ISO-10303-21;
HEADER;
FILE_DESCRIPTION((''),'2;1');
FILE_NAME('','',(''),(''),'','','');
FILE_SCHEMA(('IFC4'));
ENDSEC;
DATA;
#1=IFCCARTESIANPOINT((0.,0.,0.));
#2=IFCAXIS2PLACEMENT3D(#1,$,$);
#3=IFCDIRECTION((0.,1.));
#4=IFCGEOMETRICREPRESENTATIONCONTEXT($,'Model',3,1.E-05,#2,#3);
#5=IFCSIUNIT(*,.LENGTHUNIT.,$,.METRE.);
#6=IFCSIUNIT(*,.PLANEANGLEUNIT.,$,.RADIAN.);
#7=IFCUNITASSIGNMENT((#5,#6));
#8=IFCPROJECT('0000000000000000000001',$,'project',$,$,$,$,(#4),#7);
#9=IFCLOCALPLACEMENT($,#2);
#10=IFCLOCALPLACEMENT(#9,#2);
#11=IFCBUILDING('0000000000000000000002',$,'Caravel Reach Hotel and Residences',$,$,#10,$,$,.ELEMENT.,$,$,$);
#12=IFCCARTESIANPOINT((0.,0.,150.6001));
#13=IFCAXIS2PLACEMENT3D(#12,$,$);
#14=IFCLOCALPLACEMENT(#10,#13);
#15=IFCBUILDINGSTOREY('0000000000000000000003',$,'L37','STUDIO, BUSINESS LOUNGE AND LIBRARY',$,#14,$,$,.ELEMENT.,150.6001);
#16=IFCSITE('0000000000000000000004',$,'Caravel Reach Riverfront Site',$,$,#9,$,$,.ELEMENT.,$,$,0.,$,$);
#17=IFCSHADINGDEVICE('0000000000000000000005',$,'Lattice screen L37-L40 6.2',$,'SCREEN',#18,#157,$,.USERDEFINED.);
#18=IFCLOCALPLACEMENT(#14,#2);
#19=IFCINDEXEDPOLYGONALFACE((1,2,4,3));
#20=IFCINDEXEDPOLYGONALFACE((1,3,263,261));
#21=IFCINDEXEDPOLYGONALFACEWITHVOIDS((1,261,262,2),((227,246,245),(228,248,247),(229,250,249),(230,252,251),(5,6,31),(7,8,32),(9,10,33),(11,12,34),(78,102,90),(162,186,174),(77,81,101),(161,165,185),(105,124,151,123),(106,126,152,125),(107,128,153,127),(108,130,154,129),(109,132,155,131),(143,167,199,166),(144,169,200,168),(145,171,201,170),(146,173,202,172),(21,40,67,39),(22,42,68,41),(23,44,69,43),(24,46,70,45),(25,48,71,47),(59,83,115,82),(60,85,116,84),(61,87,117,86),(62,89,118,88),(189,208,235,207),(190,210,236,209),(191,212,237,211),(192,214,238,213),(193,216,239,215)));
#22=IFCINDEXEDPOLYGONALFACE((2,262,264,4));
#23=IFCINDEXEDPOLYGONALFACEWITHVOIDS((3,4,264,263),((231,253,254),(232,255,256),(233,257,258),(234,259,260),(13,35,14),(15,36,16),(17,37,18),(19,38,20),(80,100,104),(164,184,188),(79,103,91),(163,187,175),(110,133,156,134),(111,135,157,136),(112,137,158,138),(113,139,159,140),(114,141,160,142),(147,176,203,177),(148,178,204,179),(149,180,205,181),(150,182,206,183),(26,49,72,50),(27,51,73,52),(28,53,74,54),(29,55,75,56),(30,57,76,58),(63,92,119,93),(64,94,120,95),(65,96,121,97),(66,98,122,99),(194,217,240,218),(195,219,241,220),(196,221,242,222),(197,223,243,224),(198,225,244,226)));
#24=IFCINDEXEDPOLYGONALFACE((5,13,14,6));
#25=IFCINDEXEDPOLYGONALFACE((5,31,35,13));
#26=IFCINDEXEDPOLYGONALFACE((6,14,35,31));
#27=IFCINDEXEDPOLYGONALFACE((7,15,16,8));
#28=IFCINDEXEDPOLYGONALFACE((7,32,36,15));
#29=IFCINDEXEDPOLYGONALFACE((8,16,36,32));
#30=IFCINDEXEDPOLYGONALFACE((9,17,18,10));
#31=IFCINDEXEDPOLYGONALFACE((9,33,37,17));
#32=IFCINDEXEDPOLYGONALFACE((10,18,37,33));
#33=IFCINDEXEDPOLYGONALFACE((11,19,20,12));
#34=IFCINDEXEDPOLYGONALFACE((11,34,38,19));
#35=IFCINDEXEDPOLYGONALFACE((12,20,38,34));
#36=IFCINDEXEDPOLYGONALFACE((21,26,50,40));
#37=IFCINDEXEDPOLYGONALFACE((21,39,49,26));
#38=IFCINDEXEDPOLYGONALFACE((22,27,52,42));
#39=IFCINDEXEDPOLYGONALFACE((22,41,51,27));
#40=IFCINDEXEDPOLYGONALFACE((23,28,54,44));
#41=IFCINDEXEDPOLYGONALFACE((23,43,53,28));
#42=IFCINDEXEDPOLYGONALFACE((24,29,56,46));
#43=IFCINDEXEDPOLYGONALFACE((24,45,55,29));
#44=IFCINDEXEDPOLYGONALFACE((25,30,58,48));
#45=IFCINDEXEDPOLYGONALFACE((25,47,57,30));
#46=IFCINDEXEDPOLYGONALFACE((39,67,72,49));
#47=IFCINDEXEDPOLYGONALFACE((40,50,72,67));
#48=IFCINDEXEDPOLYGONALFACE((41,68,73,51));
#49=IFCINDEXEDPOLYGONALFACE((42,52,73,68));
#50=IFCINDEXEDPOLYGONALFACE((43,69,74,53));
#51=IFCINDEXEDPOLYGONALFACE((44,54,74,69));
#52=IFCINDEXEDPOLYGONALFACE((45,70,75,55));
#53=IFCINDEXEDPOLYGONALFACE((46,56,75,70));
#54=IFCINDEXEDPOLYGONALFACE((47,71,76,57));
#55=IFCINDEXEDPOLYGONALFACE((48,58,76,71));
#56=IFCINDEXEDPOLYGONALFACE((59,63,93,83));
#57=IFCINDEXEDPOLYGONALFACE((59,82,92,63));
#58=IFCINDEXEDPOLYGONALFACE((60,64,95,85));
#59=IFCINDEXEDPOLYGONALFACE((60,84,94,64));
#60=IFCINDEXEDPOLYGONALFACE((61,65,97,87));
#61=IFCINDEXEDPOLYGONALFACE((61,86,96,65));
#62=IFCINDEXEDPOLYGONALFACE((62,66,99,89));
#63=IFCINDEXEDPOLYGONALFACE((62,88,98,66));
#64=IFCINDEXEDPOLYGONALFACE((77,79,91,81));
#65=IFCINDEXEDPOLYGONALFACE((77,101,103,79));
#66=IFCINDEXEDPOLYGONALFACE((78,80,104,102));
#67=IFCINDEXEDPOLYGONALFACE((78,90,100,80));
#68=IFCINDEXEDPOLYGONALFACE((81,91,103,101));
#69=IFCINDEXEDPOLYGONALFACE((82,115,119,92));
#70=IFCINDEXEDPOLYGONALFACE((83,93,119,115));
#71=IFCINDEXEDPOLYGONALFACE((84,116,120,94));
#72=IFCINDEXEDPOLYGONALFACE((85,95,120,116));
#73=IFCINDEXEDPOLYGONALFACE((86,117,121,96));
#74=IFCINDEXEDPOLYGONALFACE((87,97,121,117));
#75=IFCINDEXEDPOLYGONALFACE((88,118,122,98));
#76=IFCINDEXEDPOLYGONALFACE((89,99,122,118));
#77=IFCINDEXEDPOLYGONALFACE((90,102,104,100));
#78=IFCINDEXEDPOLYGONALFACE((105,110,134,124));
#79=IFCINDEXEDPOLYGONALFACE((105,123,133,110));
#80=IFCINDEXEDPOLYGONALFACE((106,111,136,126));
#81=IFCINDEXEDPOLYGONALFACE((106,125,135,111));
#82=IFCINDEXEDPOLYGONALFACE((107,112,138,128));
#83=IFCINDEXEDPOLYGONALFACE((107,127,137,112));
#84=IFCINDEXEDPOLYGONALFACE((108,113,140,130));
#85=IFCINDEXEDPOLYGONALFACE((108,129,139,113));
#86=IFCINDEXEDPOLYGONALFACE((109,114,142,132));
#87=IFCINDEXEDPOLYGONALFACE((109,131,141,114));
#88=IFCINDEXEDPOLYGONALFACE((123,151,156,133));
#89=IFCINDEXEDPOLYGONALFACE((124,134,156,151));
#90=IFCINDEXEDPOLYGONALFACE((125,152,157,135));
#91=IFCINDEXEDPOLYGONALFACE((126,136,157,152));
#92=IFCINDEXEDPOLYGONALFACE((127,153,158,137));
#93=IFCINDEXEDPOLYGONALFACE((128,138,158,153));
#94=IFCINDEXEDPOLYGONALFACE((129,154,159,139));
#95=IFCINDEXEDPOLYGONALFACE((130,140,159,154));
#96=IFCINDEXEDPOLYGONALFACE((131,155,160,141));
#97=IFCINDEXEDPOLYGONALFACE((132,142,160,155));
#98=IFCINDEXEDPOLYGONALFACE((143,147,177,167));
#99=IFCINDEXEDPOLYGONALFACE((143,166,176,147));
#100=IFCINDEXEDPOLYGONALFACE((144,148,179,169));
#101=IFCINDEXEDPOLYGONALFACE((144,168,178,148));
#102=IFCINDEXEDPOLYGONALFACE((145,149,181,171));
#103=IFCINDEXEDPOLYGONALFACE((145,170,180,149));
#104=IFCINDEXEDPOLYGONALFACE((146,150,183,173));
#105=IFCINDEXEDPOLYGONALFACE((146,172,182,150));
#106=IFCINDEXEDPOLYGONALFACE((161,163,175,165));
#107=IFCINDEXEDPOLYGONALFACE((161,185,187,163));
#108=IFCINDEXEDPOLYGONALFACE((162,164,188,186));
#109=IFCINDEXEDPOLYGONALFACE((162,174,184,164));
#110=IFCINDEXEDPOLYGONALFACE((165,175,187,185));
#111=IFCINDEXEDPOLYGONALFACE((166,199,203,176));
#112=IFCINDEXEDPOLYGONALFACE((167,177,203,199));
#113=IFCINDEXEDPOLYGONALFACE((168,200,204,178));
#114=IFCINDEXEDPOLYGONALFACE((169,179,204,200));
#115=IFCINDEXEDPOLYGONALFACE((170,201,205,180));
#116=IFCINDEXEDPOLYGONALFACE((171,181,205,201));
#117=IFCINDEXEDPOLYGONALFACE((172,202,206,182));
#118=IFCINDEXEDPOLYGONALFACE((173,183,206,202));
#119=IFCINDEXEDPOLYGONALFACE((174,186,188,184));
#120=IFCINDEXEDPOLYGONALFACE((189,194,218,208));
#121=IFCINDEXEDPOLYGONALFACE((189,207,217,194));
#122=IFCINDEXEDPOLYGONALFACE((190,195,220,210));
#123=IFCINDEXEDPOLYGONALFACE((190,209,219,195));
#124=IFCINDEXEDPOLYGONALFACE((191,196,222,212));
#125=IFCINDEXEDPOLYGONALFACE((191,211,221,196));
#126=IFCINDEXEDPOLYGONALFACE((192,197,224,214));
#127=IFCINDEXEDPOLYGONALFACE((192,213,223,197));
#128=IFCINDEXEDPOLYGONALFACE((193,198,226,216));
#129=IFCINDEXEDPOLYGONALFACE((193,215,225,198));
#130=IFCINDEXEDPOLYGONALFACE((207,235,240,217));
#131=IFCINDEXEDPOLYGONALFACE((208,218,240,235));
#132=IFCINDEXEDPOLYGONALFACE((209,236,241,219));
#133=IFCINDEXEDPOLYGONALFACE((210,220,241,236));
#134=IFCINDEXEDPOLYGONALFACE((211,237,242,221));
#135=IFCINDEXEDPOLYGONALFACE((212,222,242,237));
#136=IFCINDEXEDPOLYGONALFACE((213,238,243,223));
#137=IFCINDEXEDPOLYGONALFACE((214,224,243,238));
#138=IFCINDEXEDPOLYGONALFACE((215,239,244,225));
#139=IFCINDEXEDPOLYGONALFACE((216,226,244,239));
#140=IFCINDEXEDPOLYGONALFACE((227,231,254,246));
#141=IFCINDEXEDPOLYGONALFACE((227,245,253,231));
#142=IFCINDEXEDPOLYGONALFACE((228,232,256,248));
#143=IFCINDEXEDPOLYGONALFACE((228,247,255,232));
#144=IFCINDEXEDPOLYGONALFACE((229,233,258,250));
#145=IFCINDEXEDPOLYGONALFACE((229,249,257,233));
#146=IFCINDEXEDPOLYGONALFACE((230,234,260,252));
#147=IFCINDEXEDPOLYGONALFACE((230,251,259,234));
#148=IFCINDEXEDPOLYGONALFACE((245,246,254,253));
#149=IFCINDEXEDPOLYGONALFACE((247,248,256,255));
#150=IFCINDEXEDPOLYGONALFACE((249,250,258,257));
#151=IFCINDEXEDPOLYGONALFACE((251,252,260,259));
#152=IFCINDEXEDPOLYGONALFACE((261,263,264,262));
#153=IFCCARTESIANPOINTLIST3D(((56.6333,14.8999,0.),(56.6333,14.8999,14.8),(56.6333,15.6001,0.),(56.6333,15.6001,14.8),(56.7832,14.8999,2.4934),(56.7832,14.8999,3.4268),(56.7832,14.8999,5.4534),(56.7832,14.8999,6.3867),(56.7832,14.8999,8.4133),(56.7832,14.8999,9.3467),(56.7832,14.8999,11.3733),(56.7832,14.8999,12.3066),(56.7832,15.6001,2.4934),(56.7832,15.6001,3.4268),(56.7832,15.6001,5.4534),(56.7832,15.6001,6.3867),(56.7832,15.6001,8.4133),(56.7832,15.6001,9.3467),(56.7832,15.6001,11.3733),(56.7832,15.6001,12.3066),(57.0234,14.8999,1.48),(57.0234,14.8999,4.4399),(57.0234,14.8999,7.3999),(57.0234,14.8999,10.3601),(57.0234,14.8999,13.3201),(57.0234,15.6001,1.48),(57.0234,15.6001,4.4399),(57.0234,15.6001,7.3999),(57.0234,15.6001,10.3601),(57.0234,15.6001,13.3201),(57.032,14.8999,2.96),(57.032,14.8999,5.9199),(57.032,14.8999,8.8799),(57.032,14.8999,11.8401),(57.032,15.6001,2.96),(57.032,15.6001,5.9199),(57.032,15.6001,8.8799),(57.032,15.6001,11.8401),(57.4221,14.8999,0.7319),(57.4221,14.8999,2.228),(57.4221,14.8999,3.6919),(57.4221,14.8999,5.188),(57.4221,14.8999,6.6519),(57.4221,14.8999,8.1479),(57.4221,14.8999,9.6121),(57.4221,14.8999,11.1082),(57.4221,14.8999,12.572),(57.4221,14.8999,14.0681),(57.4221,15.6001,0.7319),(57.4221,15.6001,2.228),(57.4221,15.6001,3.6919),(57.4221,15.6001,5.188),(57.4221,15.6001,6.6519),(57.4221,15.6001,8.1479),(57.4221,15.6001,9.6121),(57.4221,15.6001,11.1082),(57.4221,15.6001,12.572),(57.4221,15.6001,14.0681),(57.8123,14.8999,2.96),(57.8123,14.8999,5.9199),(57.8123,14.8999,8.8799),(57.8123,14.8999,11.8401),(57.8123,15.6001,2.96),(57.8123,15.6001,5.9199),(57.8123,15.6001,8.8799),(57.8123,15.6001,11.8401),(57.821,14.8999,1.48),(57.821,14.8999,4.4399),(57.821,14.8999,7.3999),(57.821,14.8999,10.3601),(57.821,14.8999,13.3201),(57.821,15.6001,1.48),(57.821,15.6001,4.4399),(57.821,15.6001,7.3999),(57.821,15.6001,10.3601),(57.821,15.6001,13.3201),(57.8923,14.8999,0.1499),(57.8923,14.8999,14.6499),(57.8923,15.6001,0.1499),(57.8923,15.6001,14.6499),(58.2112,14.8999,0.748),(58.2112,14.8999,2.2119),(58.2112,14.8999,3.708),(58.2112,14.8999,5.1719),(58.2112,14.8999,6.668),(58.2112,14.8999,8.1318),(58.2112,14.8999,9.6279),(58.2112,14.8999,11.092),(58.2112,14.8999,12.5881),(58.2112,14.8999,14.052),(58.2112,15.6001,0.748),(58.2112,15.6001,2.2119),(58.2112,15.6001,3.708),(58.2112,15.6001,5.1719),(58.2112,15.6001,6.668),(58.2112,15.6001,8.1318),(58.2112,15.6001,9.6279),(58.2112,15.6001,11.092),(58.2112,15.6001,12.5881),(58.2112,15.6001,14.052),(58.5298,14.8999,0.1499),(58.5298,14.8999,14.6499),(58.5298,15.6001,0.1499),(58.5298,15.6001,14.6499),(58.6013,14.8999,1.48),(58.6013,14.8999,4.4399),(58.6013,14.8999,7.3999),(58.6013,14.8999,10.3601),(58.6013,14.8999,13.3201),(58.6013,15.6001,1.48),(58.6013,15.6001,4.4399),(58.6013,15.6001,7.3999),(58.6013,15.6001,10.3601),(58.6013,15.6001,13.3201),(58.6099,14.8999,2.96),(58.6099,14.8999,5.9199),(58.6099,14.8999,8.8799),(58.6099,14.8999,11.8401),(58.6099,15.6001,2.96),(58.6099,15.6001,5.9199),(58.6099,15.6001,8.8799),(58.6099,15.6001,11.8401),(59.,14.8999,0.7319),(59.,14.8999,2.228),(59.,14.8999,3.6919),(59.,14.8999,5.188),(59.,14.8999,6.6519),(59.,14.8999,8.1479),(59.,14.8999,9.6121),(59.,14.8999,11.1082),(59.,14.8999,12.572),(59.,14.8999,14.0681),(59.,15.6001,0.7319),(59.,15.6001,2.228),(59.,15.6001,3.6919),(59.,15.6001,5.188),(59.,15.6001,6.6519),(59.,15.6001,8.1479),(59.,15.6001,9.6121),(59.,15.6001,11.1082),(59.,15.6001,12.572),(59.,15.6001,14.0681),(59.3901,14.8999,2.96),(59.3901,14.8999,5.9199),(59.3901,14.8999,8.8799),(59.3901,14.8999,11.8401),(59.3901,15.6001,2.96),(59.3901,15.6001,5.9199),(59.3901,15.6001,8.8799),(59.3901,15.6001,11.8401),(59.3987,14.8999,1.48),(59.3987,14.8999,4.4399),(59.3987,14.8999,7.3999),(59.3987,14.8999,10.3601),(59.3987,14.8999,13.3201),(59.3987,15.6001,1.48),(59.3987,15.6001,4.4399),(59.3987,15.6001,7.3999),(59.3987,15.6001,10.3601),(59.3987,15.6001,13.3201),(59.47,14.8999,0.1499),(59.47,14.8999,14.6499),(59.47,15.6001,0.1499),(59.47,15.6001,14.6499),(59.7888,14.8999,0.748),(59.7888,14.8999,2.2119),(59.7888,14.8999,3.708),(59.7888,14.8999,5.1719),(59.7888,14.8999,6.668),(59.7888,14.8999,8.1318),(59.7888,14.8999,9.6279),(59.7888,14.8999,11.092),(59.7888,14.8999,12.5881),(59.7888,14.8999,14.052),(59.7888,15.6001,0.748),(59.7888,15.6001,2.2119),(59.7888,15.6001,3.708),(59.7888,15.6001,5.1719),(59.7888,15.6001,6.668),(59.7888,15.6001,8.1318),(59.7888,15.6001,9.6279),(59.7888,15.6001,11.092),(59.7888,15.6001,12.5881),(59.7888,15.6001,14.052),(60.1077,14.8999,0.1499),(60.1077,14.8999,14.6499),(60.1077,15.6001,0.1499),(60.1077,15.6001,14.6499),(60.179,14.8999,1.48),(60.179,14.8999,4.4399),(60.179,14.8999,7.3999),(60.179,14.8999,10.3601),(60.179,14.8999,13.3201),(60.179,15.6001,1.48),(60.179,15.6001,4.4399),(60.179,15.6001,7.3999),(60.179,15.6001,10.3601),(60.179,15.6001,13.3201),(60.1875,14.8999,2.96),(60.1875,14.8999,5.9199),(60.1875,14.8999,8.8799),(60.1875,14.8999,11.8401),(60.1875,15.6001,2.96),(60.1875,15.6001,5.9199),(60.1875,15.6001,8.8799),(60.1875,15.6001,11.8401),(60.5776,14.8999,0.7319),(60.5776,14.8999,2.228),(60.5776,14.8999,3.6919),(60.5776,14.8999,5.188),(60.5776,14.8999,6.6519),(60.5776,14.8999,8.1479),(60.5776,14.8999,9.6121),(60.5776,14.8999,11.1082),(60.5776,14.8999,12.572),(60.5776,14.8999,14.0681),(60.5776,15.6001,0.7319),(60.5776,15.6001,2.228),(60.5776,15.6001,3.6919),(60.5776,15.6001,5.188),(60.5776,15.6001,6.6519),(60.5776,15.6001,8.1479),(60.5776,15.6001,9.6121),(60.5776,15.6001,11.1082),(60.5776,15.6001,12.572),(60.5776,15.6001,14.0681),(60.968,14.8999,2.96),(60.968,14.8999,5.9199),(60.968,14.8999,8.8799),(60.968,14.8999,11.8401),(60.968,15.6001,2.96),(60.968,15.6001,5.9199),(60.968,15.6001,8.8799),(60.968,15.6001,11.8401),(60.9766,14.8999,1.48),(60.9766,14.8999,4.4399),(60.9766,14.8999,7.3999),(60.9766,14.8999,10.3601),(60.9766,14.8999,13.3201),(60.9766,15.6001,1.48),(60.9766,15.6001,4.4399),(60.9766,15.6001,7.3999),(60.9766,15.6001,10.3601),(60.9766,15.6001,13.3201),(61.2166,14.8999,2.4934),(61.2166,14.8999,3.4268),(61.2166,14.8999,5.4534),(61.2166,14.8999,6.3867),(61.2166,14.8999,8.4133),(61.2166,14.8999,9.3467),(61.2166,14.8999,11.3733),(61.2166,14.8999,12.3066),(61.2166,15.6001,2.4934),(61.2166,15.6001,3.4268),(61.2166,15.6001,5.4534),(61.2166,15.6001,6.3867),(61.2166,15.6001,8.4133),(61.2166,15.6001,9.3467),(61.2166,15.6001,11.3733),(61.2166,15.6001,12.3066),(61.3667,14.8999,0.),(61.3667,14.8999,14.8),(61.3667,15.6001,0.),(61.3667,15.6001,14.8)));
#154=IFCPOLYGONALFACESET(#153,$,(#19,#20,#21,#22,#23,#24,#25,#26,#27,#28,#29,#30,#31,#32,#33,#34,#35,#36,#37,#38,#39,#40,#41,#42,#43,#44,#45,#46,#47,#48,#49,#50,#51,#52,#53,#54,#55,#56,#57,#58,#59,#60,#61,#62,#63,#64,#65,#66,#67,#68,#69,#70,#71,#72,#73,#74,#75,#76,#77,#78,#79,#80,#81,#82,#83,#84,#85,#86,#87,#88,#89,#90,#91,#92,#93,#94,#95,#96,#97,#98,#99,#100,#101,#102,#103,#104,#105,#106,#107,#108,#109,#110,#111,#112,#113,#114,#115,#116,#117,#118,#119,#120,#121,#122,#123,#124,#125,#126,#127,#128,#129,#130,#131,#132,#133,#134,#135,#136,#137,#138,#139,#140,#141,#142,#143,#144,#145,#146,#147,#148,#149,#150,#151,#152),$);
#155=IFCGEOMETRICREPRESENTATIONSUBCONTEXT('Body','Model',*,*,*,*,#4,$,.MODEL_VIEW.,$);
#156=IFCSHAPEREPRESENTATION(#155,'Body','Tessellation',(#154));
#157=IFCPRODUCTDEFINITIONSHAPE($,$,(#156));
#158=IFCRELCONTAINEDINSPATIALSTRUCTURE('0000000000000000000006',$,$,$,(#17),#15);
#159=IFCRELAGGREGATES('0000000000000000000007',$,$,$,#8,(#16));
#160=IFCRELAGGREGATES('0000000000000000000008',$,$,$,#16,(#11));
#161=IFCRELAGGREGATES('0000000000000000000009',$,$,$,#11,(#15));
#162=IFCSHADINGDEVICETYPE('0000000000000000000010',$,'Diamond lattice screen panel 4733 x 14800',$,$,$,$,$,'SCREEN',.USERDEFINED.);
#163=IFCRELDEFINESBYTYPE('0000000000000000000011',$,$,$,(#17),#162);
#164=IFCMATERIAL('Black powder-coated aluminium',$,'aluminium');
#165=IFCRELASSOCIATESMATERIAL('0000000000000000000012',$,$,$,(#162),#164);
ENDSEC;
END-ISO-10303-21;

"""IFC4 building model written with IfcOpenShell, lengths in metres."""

from ifc_helpers import new_model, si_unit, direction, frame, origin, place, context, subcontext, project, spatial, polyline, outline, extrude, material, type_object, element, save


model = new_model("IFC4")

# Units and contexts
model_context = context("Model", 3, precision=1e-05, world=origin(), true_north=direction((0.0, 1.0)))
body_context = subcontext(model_context, "Body", "Model", "MODEL_VIEW")
ifc_project = project(units=[si_unit("LENGTHUNIT", "METRE"), si_unit("PLANEANGLEUNIT", "RADIAN")], contexts=[model_context])

# Site, building, storey
site_placement = place(None, origin())
site = spatial("IfcSite", under=ifc_project, at=site_placement, Name="Caravel Reach Riverfront Site", CompositionType="ELEMENT", RefElevation=0.0)
building_placement = place(site_placement, origin())
building = spatial("IfcBuilding", under=site, at=building_placement, Name="Caravel Reach Hotel and Residences", CompositionType="ELEMENT")
storey_placement = place(building_placement, frame((0.0, 0.0, 150.6001)))
storey = spatial("IfcBuildingStorey", under=building, at=storey_placement, Name="L37", Description="STUDIO, BUSINESS LOUNGE AND LIBRARY", CompositionType="ELEMENT", Elevation=150.6001)

# Shading device
ifc_material_1 = material(Name="Black powder-coated aluminium", Category="aluminium")
shading_device_type_1 = type_object("IfcShadingDeviceType", Name="Diamond lattice screen panel 4733 x 14800", ElementType="SCREEN", PredefinedType="USERDEFINED", material=ifc_material_1)
shading_device_1_placement = place(storey_placement, frame((56.6333, 15.6001, 0.0), z_axis=(0.0, -1.0, 0.0), x_axis=(1.0, 0.0, 0.0)))
element("IfcShadingDevice", 1, at=shading_device_1_placement, inside=storey, type_object=shading_device_type_1, Name="Lattice screen L37-L40 6.2", ObjectType="SCREEN", PredefinedType="USERDEFINED", context=body_context, shape_type="SweptSolid", body=[
    extrude(outline(polyline([(0.0, 0.0), (4.7334, 0.0), (4.7334, 14.8), (0.0, 14.8), (0.0, 0.0)]), holes=[polyline([(0.3987, 2.96), (0.1499, 3.4268), (0.1499, 2.4934), (0.3987, 2.96)]), polyline([(0.3987, 5.9199), (0.1499, 6.3867), (0.1499, 5.4534), (0.3987, 5.9199)]), polyline([(0.3987, 8.8799), (0.1499, 9.3467), (0.1499, 8.4133), (0.3987, 8.8799)]), polyline([(0.3987, 11.8401), (0.1499, 12.3066), (0.1499, 11.3733), (0.3987, 11.8401)]), polyline([(0.7888, 2.228), (0.3901, 1.48), (0.7888, 0.7319), (1.1877, 1.48), (0.7888, 2.228)]), polyline([(0.7888, 5.188), (0.3901, 4.4399), (0.7888, 3.6919), (1.1877, 4.4399), (0.7888, 5.188)]), polyline([(0.7888, 8.1479), (0.3901, 7.3999), (0.7888, 6.6519), (1.1877, 7.3999), (0.7888, 8.1479)]), polyline([(0.7888, 11.1082), (0.3901, 10.3601), (0.7888, 9.6121), (1.1877, 10.3601), (0.7888, 11.1082)]), polyline([(0.7888, 14.0681), (0.3901, 13.3201), (0.7888, 12.572), (1.1877, 13.3201), (0.7888, 14.0681)]), polyline([(1.5779, 0.748), (1.259, 0.1499), (1.8965, 0.1499), (1.5779, 0.748)]), polyline([(1.5779, 3.708), (1.179, 2.96), (1.5779, 2.2119), (1.9766, 2.96), (1.5779, 3.708)]), polyline([(1.5779, 6.668), (1.179, 5.9199), (1.5779, 5.1719), (1.9766, 5.9199), (1.5779, 6.668)]), polyline([(1.5779, 9.6279), (1.179, 8.8799), (1.5779, 8.1318), (1.9766, 8.8799), (1.5779, 9.6279)]), polyline([(1.5779, 12.5881), (1.179, 11.8401), (1.5779, 11.092), (1.9766, 11.8401), (1.5779, 12.5881)]), polyline([(1.5779, 14.052), (1.8965, 14.6499), (1.259, 14.6499), (1.5779, 14.052)]), polyline([(2.3667, 2.228), (1.968, 1.48), (2.3667, 0.7319), (2.7654, 1.48), (2.3667, 2.228)]), polyline([(2.3667, 5.188), (1.968, 4.4399), (2.3667, 3.6919), (2.7654, 4.4399), (2.3667, 5.188)]), polyline([(2.3667, 8.1479), (1.968, 7.3999), (2.3667, 6.6519), (2.7654, 7.3999), (2.3667, 8.1479)]), polyline([(2.3667, 11.1082), (1.968, 10.3601), (2.3667, 9.6121), (2.7654, 10.3601), (2.3667, 11.1082)]), polyline([(2.3667, 14.0681), (1.968, 13.3201), (2.3667, 12.572), (2.7654, 13.3201), (2.3667, 14.0681)]), polyline([(3.1555, 0.748), (2.8367, 0.1499), (3.4744, 0.1499), (3.1555, 0.748)]), polyline([(3.1555, 3.708), (2.7568, 2.96), (3.1555, 2.2119), (3.5542, 2.96), (3.1555, 3.708)]), polyline([(3.1555, 6.668), (2.7568, 5.9199), (3.1555, 5.1719), (3.5542, 5.9199), (3.1555, 6.668)]), polyline([(3.1555, 9.6279), (2.7568, 8.8799), (3.1555, 8.1318), (3.5542, 8.8799), (3.1555, 9.6279)]), polyline([(3.1555, 12.5881), (2.7568, 11.8401), (3.1555, 11.092), (3.5542, 11.8401), (3.1555, 12.5881)]), polyline([(3.1555, 14.052), (3.4744, 14.6499), (2.8367, 14.6499), (3.1555, 14.052)]), polyline([(3.9443, 2.228), (3.5457, 1.48), (3.9443, 0.7319), (4.3433, 1.48), (3.9443, 2.228)]), polyline([(3.9443, 5.188), (3.5457, 4.4399), (3.9443, 3.6919), (4.3433, 4.4399), (3.9443, 5.188)]), polyline([(3.9443, 8.1479), (3.5457, 7.3999), (3.9443, 6.6519), (4.3433, 7.3999), (3.9443, 8.1479)]), polyline([(3.9443, 11.1082), (3.5457, 10.3601), (3.9443, 9.6121), (4.3433, 10.3601), (3.9443, 11.1082)]), polyline([(3.9443, 14.0681), (3.5457, 13.3201), (3.9443, 12.572), (4.3433, 13.3201), (3.9443, 14.0681)]), polyline([(4.3347, 2.96), (4.5833, 2.4934), (4.5833, 3.4268), (4.3347, 2.96)]), polyline([(4.3347, 5.9199), (4.5833, 5.4534), (4.5833, 6.3867), (4.3347, 5.9199)]), polyline([(4.3347, 8.8799), (4.5833, 8.4133), (4.5833, 9.3467), (4.3347, 8.8799)]), polyline([(4.3347, 11.8401), (4.5833, 11.3733), (4.5833, 12.3066), (4.3347, 11.8401)])]), origin(), (0.0, 0.0, 1.0), 0.7002),
])

save(model, "model.ifc")
